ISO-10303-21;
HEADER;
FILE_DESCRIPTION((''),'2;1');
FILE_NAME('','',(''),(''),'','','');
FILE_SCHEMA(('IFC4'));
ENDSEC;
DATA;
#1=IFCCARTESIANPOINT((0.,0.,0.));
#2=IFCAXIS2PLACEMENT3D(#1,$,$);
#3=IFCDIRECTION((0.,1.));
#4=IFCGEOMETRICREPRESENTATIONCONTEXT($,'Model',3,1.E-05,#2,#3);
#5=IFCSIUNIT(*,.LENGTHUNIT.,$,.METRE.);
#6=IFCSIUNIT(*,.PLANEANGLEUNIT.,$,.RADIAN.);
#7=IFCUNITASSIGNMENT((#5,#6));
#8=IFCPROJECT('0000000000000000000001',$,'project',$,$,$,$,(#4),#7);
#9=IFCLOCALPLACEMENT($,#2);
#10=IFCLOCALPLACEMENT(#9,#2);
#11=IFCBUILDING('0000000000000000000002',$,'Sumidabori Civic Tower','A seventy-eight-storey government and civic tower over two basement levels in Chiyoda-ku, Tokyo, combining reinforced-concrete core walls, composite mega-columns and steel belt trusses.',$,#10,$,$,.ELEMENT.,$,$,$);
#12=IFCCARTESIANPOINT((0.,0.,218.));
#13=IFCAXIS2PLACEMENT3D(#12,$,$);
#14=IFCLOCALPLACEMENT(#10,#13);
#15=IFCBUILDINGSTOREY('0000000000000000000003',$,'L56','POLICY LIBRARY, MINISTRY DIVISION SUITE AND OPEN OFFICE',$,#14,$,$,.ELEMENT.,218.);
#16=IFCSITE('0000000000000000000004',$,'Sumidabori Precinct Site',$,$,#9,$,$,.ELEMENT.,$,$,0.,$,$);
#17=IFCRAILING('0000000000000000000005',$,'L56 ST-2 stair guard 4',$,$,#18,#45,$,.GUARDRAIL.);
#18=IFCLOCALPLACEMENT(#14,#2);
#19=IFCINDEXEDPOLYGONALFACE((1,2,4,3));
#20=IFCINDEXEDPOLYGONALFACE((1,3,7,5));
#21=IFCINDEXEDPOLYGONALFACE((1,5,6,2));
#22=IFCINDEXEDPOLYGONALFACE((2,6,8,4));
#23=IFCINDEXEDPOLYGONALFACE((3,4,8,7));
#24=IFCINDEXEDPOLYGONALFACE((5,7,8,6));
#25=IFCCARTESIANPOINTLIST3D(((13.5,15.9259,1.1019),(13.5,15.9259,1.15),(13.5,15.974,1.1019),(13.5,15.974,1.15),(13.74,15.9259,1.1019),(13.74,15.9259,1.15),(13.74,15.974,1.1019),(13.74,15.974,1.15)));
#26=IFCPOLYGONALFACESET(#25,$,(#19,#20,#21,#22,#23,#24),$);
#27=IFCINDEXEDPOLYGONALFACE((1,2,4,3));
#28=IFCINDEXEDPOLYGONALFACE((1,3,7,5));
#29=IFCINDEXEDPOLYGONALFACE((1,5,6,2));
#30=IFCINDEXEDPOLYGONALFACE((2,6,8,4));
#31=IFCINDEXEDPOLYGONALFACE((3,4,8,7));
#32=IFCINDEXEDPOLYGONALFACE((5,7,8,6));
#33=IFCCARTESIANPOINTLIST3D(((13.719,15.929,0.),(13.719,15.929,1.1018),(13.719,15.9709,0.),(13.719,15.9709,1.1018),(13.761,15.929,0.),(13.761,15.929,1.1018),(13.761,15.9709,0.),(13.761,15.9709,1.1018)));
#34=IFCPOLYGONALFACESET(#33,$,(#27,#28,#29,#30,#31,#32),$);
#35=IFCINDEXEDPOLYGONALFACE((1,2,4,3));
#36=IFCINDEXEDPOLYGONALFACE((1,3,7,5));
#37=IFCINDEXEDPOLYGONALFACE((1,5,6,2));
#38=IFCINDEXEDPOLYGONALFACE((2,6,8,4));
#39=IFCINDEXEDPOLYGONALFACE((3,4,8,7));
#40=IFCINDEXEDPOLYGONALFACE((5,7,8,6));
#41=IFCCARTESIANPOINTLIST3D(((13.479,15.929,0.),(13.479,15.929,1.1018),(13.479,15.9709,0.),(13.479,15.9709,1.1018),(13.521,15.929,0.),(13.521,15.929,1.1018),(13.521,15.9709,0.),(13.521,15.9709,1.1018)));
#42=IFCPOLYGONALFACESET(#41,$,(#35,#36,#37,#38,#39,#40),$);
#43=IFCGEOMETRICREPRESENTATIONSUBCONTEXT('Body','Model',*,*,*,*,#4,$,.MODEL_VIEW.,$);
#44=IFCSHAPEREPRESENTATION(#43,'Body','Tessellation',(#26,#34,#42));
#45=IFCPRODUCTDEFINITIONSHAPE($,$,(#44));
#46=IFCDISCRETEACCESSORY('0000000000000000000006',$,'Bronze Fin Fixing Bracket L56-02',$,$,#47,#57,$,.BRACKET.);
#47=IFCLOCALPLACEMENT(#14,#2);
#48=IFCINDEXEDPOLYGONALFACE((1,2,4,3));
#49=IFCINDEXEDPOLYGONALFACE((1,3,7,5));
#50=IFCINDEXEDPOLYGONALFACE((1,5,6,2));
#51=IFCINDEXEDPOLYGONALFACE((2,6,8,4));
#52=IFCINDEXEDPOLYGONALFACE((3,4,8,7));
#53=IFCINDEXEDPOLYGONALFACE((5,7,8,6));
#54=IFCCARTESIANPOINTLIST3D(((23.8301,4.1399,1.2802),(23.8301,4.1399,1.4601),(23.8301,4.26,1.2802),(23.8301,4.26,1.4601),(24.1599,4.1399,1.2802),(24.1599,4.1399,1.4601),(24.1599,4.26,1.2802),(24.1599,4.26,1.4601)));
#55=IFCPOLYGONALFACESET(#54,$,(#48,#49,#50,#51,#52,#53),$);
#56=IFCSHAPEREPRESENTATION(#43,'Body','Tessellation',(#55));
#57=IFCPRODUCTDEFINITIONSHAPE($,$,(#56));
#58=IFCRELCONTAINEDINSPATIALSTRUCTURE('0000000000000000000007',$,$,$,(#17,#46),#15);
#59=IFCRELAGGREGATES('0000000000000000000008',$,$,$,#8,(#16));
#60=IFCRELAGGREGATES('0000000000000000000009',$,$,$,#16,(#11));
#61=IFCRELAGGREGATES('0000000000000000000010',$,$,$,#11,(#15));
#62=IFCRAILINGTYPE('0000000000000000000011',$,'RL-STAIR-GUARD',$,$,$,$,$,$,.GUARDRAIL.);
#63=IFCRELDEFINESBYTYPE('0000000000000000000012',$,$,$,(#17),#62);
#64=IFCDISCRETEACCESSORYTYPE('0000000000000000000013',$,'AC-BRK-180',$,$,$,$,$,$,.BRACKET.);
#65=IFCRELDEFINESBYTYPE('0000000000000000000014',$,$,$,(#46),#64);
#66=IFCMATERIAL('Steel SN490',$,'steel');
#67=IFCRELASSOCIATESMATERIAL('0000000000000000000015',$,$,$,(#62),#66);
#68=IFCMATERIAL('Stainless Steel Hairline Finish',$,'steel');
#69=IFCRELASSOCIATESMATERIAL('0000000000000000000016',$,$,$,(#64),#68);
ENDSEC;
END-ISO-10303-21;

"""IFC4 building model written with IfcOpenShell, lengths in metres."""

from ifc_helpers import new_model, si_unit, direction, frame, origin, origin_2d, place, context, subcontext, project, spatial, rectangle, extrude, source, transform, mapped, material, material_profile, profile_set, type_object, element, save


model = new_model("IFC4")

# Units and contexts
model_context = context("Model", 3, precision=1e-05, world=origin(), true_north=direction((0.0, 1.0)))
body_context = subcontext(model_context, "Body", "Model", "MODEL_VIEW")
ifc_project = project(units=[si_unit("LENGTHUNIT", "METRE"), si_unit("PLANEANGLEUNIT", "RADIAN")], contexts=[model_context])

# Site, building, storey
site_placement = place(None, origin())
site = spatial("IfcSite", under=ifc_project, at=site_placement, Name="Sumidabori Precinct Site", CompositionType="ELEMENT", RefElevation=0.0)
building_placement = place(site_placement, origin())
building = spatial("IfcBuilding", under=site, at=building_placement, Name="Sumidabori Civic Tower", Description="A seventy-eight-storey government and civic tower over two basement levels in Chiyoda-ku, Tokyo, combining reinforced-concrete core walls, composite mega-columns and steel belt trusses.", CompositionType="ELEMENT")
storey_placement = place(building_placement, frame((0.0, 0.0, 218.0)))
storey = spatial("IfcBuildingStorey", under=building, at=storey_placement, Name="L56", Description="POLICY LIBRARY, MINISTRY DIVISION SUITE AND OPEN OFFICE", CompositionType="ELEMENT", Elevation=218.0)

# Shared definitions
ifc_material_1 = material(Name="Steel SN490", Category="steel")

# Railing
ifc_material_2 = material(Name="Stainless Steel Hairline Finish", Category="steel")
railing_type_1 = type_object("IfcRailingType", Name="RL-STAIR-GUARD", PredefinedType="GUARDRAIL", material=ifc_material_1)
railing_1_placement = place(storey_placement, frame((13.74, 15.95, 0.0)))
element("IfcRailing", 1, at=railing_1_placement, inside=storey, type_object=railing_type_1, Name="L56 ST-2 stair guard 4", PredefinedType="GUARDRAIL", context=body_context, shape_type="SweptSolid", body=[
    extrude(rectangle(XDim=0.0481, YDim=0.0481, at=origin_2d()), frame((0.0, 0.0, 1.126), z_axis=(-1.0, 0.0, 0.0), x_axis=(0.0, -1.0, 0.0)), (0.0, 0.0, 1.0), 0.24),
    extrude(rectangle(XDim=0.042, YDim=0.042, at=origin_2d()), origin(), (0.0, 0.0, 1.0), 1.1018),
    extrude(rectangle(XDim=0.042, YDim=0.042, at=origin_2d()), frame((-0.24, 0.0, 0.0)), (0.0, 0.0, 1.0), 1.1018),
])

# Discrete accessory
ifc_material_profile_1 = material_profile(ifc_material_2, rectangle(XDim=0.1201, YDim=0.1799, at=origin_2d()), Name="STEEL BRACKET 180x120")
ifc_profile_set_1 = profile_set([ifc_material_profile_1], Name="Stainless Steel Hairline Finish")
discrete_accessory_type = type_object("IfcDiscreteAccessoryType", Name="AC-BRK-180", PredefinedType="BRACKET", material=ifc_profile_set_1)
shared_shape_1 = source(origin(), body_context, "Body", "SweptSolid", [
    extrude(rectangle(XDim=0.1201, YDim=0.1799, at=origin_2d()), origin(), (0.0, 0.0, 1.0), 0.3298),
])
discrete_accessory_placement = place(storey_placement, frame((23.8301, 4.2, 1.3701), z_axis=(1.0, 0.0, 0.0), x_axis=(0.0, 1.0, 0.0)))
element("IfcDiscreteAccessory", 2, at=discrete_accessory_placement, inside=storey, type_object=discrete_accessory_type, Name="Bronze Fin Fixing Bracket L56-02", PredefinedType="BRACKET", context=body_context, shape_type="MappedRepresentation", body=[
    mapped(shared_shape_1, transform((0.0, 0.0, 0.0), x_axis=(1.0, 0.0, 0.0), y_axis=(0.0, 1.0, 0.0), z_axis=(0.0, 0.0, 1.0), scale=1.0)),
])

save(model, "model.ifc")
